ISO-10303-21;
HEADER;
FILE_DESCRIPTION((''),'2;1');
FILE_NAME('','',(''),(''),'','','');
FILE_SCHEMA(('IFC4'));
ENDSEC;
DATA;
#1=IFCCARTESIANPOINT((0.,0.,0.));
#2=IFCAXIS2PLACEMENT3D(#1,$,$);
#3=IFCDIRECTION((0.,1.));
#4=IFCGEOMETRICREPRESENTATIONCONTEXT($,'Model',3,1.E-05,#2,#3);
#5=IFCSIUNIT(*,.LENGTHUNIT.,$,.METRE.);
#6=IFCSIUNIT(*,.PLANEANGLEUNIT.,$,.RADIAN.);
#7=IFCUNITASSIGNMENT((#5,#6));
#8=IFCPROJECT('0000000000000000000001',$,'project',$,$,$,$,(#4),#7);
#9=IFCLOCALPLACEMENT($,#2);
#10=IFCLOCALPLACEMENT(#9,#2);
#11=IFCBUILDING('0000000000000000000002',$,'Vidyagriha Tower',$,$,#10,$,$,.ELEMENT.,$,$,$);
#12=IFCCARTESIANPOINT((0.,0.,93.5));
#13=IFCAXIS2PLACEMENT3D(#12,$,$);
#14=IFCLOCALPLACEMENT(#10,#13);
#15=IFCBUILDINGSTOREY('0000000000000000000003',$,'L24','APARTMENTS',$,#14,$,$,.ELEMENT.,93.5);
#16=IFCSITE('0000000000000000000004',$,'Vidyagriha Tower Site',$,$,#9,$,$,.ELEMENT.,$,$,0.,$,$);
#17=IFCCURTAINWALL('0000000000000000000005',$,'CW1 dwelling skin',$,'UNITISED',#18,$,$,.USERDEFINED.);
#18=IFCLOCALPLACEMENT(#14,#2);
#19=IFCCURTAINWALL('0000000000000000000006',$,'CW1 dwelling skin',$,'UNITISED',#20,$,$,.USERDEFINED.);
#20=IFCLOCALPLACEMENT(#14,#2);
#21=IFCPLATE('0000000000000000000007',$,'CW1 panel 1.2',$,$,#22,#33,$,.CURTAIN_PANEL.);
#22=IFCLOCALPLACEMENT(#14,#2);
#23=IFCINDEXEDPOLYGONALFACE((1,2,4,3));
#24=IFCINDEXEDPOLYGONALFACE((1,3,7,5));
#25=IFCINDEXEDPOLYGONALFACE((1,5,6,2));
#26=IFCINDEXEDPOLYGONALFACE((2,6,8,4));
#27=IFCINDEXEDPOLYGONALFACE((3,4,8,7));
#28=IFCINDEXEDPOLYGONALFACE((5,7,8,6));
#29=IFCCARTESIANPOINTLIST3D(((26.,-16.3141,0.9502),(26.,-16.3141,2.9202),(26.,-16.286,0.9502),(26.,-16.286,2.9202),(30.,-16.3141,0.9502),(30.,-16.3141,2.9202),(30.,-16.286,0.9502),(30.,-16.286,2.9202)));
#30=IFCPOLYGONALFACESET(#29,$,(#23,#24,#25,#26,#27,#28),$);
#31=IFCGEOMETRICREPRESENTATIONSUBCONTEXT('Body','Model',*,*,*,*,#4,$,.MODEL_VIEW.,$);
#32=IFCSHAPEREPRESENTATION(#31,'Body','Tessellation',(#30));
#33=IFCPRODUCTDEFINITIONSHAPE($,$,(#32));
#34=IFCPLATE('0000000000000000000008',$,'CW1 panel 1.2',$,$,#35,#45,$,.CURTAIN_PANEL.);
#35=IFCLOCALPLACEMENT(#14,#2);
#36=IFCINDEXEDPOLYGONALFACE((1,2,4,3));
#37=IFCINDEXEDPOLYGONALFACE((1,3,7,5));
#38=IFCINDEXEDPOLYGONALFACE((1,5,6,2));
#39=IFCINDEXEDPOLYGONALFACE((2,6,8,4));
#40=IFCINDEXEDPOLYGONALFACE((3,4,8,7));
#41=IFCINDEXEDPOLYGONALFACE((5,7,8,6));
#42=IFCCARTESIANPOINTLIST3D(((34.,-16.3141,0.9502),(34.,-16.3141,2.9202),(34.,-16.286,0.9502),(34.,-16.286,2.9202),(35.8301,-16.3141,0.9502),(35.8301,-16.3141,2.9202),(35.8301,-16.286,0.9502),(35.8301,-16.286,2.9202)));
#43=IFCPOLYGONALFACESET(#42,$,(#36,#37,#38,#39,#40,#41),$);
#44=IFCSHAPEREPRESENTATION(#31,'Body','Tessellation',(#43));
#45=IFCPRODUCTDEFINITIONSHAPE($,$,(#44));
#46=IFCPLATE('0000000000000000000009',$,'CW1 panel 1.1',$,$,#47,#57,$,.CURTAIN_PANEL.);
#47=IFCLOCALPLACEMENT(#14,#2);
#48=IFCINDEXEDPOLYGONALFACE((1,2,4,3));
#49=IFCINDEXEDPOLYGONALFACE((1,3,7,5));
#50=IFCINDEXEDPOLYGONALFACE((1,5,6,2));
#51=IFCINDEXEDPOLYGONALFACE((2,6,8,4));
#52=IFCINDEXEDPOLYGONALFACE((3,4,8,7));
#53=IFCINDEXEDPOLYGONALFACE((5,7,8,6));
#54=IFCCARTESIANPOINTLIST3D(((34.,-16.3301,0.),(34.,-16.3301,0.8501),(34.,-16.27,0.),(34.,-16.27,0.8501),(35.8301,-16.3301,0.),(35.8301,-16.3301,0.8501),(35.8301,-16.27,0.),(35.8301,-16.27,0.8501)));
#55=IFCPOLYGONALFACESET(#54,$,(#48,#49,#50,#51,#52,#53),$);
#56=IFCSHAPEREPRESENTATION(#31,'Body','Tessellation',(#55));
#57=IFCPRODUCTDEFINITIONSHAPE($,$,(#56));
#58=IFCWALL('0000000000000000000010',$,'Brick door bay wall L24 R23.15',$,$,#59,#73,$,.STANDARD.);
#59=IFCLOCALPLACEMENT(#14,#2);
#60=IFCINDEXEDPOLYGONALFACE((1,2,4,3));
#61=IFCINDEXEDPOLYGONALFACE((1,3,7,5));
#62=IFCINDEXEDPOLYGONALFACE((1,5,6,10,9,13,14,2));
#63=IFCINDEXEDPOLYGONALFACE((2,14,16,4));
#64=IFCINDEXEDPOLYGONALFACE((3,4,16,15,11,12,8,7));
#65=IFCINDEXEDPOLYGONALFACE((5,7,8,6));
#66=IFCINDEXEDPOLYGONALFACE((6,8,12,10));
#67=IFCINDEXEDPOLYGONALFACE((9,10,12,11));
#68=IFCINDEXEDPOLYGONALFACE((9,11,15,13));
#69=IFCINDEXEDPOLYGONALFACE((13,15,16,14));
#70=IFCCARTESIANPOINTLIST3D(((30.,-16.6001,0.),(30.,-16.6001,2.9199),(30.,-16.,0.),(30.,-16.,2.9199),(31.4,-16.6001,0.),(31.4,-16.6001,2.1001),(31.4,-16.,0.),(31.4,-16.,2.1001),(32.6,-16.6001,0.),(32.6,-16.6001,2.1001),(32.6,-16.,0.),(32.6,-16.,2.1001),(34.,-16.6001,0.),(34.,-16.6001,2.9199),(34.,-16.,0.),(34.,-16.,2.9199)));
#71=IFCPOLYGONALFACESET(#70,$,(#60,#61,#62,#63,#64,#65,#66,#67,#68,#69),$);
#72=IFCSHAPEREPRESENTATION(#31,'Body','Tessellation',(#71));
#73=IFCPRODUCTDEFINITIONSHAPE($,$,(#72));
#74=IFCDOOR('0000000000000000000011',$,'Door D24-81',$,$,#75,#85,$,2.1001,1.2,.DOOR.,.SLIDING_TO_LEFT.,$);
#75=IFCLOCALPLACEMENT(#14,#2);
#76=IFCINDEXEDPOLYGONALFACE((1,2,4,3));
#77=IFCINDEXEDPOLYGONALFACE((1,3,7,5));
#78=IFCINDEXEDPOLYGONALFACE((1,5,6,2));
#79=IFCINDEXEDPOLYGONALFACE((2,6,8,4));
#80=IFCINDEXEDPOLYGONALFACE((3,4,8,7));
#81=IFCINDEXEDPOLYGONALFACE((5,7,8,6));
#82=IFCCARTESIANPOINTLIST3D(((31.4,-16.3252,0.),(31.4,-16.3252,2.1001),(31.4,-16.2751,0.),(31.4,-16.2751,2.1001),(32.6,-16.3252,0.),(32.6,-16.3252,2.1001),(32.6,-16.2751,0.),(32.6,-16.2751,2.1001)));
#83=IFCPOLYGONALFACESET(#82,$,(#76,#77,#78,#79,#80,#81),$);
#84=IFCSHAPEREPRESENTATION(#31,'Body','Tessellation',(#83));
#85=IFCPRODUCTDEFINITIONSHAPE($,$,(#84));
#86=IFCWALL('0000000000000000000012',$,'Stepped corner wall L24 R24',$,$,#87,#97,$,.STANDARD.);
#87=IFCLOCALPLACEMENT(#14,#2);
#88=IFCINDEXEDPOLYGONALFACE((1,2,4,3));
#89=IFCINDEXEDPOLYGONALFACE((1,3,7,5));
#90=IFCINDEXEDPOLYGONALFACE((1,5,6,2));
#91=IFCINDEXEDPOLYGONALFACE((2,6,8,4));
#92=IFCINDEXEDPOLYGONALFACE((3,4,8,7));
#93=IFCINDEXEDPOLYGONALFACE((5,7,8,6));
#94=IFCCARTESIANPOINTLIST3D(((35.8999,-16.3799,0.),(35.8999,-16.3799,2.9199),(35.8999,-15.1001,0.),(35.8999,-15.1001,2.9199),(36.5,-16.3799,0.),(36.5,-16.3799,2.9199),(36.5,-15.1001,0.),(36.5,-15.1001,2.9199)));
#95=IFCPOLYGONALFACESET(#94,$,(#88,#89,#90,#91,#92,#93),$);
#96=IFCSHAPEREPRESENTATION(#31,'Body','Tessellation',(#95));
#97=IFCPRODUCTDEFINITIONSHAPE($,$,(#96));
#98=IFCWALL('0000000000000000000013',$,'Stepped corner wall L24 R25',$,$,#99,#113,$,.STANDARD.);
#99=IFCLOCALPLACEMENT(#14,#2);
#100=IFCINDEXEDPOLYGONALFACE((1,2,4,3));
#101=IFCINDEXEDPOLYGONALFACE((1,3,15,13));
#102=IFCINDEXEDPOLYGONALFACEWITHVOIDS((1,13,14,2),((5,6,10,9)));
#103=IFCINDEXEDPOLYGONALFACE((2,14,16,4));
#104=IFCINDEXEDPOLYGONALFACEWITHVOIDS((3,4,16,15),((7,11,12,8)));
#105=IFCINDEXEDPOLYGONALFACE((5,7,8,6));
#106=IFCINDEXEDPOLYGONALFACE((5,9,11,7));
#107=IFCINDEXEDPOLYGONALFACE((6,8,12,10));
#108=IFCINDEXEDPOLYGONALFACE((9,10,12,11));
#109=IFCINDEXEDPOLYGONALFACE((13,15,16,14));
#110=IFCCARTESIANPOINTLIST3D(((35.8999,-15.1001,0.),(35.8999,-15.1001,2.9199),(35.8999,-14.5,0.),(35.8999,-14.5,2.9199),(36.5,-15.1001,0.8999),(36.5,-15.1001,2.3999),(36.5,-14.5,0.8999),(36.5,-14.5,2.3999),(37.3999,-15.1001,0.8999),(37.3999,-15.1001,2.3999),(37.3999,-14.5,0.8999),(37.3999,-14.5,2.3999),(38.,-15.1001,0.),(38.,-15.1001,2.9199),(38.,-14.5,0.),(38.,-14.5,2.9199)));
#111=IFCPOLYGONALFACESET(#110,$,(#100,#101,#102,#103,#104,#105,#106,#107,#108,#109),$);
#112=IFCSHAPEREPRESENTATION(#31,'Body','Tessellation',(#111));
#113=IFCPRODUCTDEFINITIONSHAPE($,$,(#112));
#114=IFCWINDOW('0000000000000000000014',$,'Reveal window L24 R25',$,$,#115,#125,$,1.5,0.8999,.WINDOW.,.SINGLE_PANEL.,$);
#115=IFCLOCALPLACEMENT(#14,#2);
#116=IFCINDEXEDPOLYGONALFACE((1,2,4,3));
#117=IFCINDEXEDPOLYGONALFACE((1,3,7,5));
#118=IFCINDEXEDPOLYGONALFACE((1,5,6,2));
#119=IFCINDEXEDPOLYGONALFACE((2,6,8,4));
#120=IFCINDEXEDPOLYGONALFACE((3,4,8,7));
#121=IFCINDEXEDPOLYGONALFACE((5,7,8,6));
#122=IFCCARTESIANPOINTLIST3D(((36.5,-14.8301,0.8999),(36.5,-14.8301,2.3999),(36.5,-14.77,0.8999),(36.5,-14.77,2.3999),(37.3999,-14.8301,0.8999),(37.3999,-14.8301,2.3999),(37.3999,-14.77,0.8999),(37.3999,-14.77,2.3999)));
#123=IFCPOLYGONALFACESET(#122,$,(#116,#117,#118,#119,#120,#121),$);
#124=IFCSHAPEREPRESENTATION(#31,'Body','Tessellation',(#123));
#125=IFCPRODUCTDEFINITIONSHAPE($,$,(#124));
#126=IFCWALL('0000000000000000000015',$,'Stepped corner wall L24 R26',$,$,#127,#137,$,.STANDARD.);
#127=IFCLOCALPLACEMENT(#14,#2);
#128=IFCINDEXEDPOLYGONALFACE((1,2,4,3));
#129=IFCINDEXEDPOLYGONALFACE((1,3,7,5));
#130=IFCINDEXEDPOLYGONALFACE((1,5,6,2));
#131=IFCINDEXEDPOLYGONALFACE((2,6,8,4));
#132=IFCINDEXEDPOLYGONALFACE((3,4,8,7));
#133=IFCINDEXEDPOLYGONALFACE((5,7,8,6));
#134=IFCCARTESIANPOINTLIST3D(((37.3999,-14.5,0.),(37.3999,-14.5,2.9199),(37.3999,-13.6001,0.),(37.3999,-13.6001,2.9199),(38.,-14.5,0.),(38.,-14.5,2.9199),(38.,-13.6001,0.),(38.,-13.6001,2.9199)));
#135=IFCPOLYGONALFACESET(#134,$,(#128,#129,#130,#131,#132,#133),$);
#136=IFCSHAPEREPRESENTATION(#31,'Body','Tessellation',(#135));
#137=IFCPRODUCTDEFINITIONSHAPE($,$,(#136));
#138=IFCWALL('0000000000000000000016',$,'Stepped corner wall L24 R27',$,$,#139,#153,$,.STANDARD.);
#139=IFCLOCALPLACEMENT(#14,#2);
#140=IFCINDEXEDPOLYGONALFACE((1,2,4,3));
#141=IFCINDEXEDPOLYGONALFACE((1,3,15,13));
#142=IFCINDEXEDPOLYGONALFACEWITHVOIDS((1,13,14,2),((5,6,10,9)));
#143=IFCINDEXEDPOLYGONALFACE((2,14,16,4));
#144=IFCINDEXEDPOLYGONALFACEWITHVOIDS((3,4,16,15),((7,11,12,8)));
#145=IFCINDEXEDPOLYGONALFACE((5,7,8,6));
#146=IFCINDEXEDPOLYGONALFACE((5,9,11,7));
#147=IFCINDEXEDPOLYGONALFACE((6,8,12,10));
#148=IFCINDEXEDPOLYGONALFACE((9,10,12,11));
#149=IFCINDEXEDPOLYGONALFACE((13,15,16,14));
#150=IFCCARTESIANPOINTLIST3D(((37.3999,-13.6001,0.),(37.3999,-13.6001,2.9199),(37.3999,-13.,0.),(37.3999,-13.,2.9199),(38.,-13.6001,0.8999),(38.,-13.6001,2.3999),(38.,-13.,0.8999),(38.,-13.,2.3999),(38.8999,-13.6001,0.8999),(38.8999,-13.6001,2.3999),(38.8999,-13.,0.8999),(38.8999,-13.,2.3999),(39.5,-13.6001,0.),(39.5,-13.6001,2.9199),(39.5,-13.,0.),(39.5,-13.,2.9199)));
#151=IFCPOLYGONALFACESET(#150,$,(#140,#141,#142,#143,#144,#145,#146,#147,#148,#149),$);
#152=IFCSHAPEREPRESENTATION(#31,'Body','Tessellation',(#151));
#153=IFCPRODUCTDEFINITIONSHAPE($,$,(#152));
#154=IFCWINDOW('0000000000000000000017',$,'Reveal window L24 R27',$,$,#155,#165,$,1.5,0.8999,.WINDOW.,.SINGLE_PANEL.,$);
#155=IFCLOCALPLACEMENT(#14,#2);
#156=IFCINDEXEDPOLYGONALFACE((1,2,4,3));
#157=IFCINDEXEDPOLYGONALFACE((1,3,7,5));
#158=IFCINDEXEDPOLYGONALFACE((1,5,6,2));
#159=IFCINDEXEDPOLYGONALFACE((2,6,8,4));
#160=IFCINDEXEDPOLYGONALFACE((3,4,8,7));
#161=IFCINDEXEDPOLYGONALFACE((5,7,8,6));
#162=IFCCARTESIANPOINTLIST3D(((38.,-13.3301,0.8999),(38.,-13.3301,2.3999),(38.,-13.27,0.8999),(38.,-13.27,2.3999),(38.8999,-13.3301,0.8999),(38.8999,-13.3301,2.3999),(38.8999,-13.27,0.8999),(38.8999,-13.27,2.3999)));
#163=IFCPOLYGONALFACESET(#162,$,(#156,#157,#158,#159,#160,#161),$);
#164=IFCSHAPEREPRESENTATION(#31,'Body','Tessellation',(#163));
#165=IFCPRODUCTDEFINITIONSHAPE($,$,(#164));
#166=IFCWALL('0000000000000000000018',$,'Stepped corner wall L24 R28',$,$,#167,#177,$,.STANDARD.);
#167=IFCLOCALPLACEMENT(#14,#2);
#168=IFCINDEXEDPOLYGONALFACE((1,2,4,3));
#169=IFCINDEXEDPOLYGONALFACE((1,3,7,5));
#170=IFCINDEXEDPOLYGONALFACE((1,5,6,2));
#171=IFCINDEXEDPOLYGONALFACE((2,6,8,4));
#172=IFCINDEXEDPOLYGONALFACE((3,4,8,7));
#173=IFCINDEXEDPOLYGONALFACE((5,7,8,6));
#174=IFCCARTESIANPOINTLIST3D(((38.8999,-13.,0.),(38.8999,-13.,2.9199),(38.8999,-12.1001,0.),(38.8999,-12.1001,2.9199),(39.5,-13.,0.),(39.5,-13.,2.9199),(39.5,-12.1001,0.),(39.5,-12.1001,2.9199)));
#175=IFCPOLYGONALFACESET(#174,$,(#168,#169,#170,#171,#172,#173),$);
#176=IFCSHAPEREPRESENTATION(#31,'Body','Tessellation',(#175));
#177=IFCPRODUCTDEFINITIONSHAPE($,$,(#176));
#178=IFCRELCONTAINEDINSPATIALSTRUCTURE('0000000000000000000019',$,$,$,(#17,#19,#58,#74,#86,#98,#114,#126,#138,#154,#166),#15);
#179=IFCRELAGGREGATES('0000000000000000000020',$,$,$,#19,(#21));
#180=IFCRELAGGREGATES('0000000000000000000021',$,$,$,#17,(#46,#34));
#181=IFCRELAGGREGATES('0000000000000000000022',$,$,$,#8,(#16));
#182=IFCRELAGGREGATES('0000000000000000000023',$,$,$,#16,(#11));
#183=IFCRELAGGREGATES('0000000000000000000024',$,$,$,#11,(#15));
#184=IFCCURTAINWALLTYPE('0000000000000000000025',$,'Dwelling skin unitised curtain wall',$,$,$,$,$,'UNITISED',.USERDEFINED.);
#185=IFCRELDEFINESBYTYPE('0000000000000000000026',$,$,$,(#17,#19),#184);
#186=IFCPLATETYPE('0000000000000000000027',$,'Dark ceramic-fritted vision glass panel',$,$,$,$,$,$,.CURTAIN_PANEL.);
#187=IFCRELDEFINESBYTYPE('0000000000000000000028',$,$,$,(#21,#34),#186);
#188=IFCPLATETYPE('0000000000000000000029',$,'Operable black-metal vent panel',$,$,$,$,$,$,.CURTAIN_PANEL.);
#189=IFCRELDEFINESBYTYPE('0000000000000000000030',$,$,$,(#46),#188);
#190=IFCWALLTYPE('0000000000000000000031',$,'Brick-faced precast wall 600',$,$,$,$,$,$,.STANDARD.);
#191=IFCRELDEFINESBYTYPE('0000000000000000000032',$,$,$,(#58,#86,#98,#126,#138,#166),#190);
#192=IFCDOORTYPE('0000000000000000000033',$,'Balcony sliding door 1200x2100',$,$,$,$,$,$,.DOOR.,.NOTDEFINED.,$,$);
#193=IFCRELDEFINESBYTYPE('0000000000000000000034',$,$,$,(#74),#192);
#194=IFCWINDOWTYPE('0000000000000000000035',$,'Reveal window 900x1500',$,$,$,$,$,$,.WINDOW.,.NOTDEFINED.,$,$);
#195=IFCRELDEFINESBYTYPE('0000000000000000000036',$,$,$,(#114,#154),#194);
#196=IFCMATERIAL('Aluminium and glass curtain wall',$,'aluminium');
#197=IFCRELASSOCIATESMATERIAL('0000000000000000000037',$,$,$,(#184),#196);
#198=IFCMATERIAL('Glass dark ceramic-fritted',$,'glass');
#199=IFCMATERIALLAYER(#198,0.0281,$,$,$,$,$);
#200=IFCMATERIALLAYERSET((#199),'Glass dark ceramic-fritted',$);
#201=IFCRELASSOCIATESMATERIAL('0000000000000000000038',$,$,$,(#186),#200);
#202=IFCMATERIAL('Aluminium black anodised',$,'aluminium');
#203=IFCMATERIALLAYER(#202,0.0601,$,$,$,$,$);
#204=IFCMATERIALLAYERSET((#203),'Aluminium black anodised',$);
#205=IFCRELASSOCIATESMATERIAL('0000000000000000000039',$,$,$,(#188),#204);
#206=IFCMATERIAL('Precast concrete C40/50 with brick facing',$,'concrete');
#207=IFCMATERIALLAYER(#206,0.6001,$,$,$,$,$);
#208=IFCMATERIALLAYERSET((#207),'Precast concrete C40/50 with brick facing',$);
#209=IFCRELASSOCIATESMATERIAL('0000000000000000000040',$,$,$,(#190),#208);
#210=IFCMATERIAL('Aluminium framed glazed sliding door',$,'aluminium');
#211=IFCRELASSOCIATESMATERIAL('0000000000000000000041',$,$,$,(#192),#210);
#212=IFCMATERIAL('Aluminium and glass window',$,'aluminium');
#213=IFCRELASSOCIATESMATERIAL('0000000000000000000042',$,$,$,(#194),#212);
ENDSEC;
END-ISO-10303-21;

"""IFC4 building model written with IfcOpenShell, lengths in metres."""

from ifc_helpers import new_model, si_unit, direction, frame, frame_2d, origin, origin_2d, place, context, subcontext, project, spatial, rectangle, extrude, material, layer, layer_set, type_object, element, fill, aggregate, save


model = new_model("IFC4")

# Units and contexts
model_context = context("Model", 3, precision=1e-05, world=origin(), true_north=direction((0.0, 1.0)))
body_context = subcontext(model_context, "Body", "Model", "MODEL_VIEW")
ifc_project = project(units=[si_unit("LENGTHUNIT", "METRE"), si_unit("PLANEANGLEUNIT", "RADIAN")], contexts=[model_context])

# Site, building, storey
site_placement = place(None, origin())
site = spatial("IfcSite", under=ifc_project, at=site_placement, Name="Vidyagriha Tower Site", CompositionType="ELEMENT", RefElevation=0.0)
building_placement = place(site_placement, origin())
building = spatial("IfcBuilding", under=site, at=building_placement, Name="Vidyagriha Tower", CompositionType="ELEMENT")
storey_placement = place(building_placement, frame((0.0, 0.0, 93.5)))
storey = spatial("IfcBuildingStorey", under=building, at=storey_placement, Name="L24", Description="APARTMENTS", CompositionType="ELEMENT", Elevation=93.5)

# Curtain wall
ifc_material_1 = material(Name="Aluminium and glass curtain wall", Category="aluminium")
curtain_wall_type = type_object("IfcCurtainWallType", Name="Dwelling skin unitised curtain wall", ElementType="UNITISED", PredefinedType="USERDEFINED", material=ifc_material_1)
curtain_wall_1_placement = place(storey_placement, origin())
curtain_wall_1 = element("IfcCurtainWall", 1, at=curtain_wall_1_placement, inside=storey, type_object=curtain_wall_type, Name="CW1 dwelling skin", ObjectType="UNITISED", PredefinedType="USERDEFINED")

# Curtain wall, plate
curtain_wall_2_placement = place(storey_placement, origin())
curtain_wall_2 = element("IfcCurtainWall", 2, at=curtain_wall_2_placement, inside=storey, type_object=curtain_wall_type, Name="CW1 dwelling skin", ObjectType="UNITISED", PredefinedType="USERDEFINED")
ifc_material_2 = material(Name="Glass dark ceramic-fritted", Category="glass")
ifc_layer_1 = layer(ifc_material_2, 0.0281)
ifc_layer_set_1 = layer_set([ifc_layer_1], Name="Glass dark ceramic-fritted")
plate_type_1 = type_object("IfcPlateType", Name="Dark ceramic-fritted vision glass panel", PredefinedType="CURTAIN_PANEL", material=ifc_layer_set_1)
plate_1_placement = place(storey_placement, frame((28.0, -16.3, 0.9502)))
plate_1 = element("IfcPlate", 3, at=plate_1_placement, type_object=plate_type_1, Name="CW1 panel 1.2", PredefinedType="CURTAIN_PANEL", context=body_context, shape_type="SweptSolid", body=[
    extrude(rectangle(XDim=4.0, YDim=0.0281, at=origin_2d()), origin(), (0.0, 0.0, 1.0), 1.97),
])
aggregate(curtain_wall_2, [plate_1])

# Plates
plate_2_placement = place(storey_placement, frame((34.915, -16.3, 0.9502)))
plate_2 = element("IfcPlate", 4, at=plate_2_placement, type_object=plate_type_1, Name="CW1 panel 1.2", PredefinedType="CURTAIN_PANEL", context=body_context, shape_type="SweptSolid", body=[
    extrude(rectangle(XDim=1.8301, YDim=0.0281, at=origin_2d()), origin(), (0.0, 0.0, 1.0), 1.97),
])
ifc_material_3 = material(Name="Aluminium black anodised", Category="aluminium")
ifc_layer_2 = layer(ifc_material_3, 0.0601)
ifc_layer_set_2 = layer_set([ifc_layer_2], Name="Aluminium black anodised")
plate_type_2 = type_object("IfcPlateType", Name="Operable black-metal vent panel", PredefinedType="CURTAIN_PANEL", material=ifc_layer_set_2)
plate_3_placement = place(storey_placement, frame((34.915, -16.3, 0.0)))
plate_3 = element("IfcPlate", 5, at=plate_3_placement, type_object=plate_type_2, Name="CW1 panel 1.1", PredefinedType="CURTAIN_PANEL", context=body_context, shape_type="SweptSolid", body=[
    extrude(rectangle(XDim=1.8301, YDim=0.0601, at=origin_2d()), origin(), (0.0, 0.0, 1.0), 0.8501),
])
aggregate(curtain_wall_1, [plate_3, plate_2])

# Wall, opening, door
ifc_material_4 = material(Name="Precast concrete C40/50 with brick facing", Category="concrete")
ifc_layer_3 = layer(ifc_material_4, 0.6001)
ifc_layer_set_3 = layer_set([ifc_layer_3], Name="Precast concrete C40/50 with brick facing")
wall_type_1 = type_object("IfcWallType", Name="Brick-faced precast wall 600", PredefinedType="STANDARD", material=ifc_layer_set_3)
wall_1_placement = place(storey_placement, frame((30.0, -16.3, 0.0)))
wall_1 = element("IfcWall", 6, at=wall_1_placement, inside=storey, type_object=wall_type_1, Name="Brick door bay wall L24 R23.15", PredefinedType="STANDARD", context=body_context, shape_type="SweptSolid", body=[
    extrude(rectangle(XDim=4.0, YDim=0.6001, at=frame_2d((2.0, 0.0))), origin(), (0.0, 0.0, 1.0), 2.9199),
])
opening_1_placement = place(wall_1_placement, frame((1.3999, 0.0, 0.0)))
opening_1 = element("IfcOpeningElement", 7, at=opening_1_placement, cuts=wall_1, PredefinedType="OPENING", context=body_context, shape_type="SweptSolid", body=[
    extrude(rectangle(XDim=1.2, YDim=2.1001, at=frame_2d((0.6001, 1.05))), frame((0.0, 0.3101, 0.0), z_axis=(0.0, -1.0, 0.0), x_axis=(1.0, 0.0, 0.0)), (0.0, 0.0, 1.0), 0.6201),
])
ifc_material_5 = material(Name="Aluminium framed glazed sliding door", Category="aluminium")
door_type = type_object("IfcDoorType", Name="Balcony sliding door 1200x2100", OperationType="NOTDEFINED", PredefinedType="DOOR", material=ifc_material_5)
door_placement = place(opening_1_placement, origin())
door = element("IfcDoor", 8, at=door_placement, inside=storey, type_object=door_type, Name="Door D24-81", OperationType="SLIDING_TO_LEFT", OverallHeight=2.1001, OverallWidth=1.2, PredefinedType="DOOR", context=body_context, shape_type="SweptSolid", body=[
    extrude(rectangle(XDim=1.2, YDim=2.1001, at=frame_2d((0.6001, 1.05))), frame((0.0, 0.0249, 0.0), z_axis=(0.0, -1.0, 0.0), x_axis=(1.0, 0.0, 0.0)), (0.0, 0.0, 1.0), 0.05),
])
fill(opening_1, door)

# Wall
wall_2_placement = place(storey_placement, frame((36.2, -16.3799, 0.0), z_axis=(0.0, 0.0, 1.0), x_axis=(0.0, 1.0, 0.0)))
element("IfcWall", 9, at=wall_2_placement, inside=storey, type_object=wall_type_1, Name="Stepped corner wall L24 R24", PredefinedType="STANDARD", context=body_context, shape_type="SweptSolid", body=[
    extrude(rectangle(XDim=1.2798, YDim=0.6001, at=frame_2d((0.6399, 0.0))), origin(), (0.0, 0.0, 1.0), 2.9199),
])

# Wall, opening, window
wall_3_placement = place(storey_placement, frame((35.8999, -14.8, 0.0)))
wall_3 = element("IfcWall", 10, at=wall_3_placement, inside=storey, type_object=wall_type_1, Name="Stepped corner wall L24 R25", PredefinedType="STANDARD", context=body_context, shape_type="SweptSolid", body=[
    extrude(rectangle(XDim=2.1001, YDim=0.6001, at=frame_2d((1.05, 0.0))), origin(), (0.0, 0.0, 1.0), 2.9199),
])
opening_2_placement = place(wall_3_placement, frame((0.6001, 0.0, 0.8999)))
opening_2 = element("IfcOpeningElement", 11, at=opening_2_placement, cuts=wall_3, PredefinedType="OPENING", context=body_context, shape_type="SweptSolid", body=[
    extrude(rectangle(XDim=0.8999, YDim=1.5, at=frame_2d((0.45, 0.75))), frame((0.0, 0.3101, 0.0), z_axis=(0.0, -1.0, 0.0), x_axis=(1.0, 0.0, 0.0)), (0.0, 0.0, 1.0), 0.6201),
])
ifc_material_6 = material(Name="Aluminium and glass window", Category="aluminium")
window_type = type_object("IfcWindowType", Name="Reveal window 900x1500", PartitioningType="NOTDEFINED", PredefinedType="WINDOW", material=ifc_material_6)
window_1_placement = place(opening_2_placement, origin())
window_1 = element("IfcWindow", 12, at=window_1_placement, inside=storey, type_object=window_type, Name="Reveal window L24 R25", OverallHeight=1.5, OverallWidth=0.8999, PartitioningType="SINGLE_PANEL", PredefinedType="WINDOW", context=body_context, shape_type="SweptSolid", body=[
    extrude(rectangle(XDim=0.8999, YDim=1.5, at=frame_2d((0.45, 0.75))), frame((0.0, 0.03, 0.0), z_axis=(0.0, -1.0, 0.0), x_axis=(1.0, 0.0, 0.0)), (0.0, 0.0, 1.0), 0.0601),
])
fill(opening_2, window_1)

# Wall
wall_4_placement = place(storey_placement, frame((37.7, -14.5, 0.0), z_axis=(0.0, 0.0, 1.0), x_axis=(0.0, 1.0, 0.0)))
element("IfcWall", 13, at=wall_4_placement, inside=storey, type_object=wall_type_1, Name="Stepped corner wall L24 R26", PredefinedType="STANDARD", context=body_context, shape_type="SweptSolid", body=[
    extrude(rectangle(XDim=0.8999, YDim=0.6001, at=frame_2d((0.45, 0.0))), origin(), (0.0, 0.0, 1.0), 2.9199),
])

# Wall, opening, window
wall_5_placement = place(storey_placement, frame((37.3999, -13.3, 0.0)))
wall_5 = element("IfcWall", 14, at=wall_5_placement, inside=storey, type_object=wall_type_1, Name="Stepped corner wall L24 R27", PredefinedType="STANDARD", context=body_context, shape_type="SweptSolid", body=[
    extrude(rectangle(XDim=2.1001, YDim=0.6001, at=frame_2d((1.05, 0.0))), origin(), (0.0, 0.0, 1.0), 2.9199),
])
opening_3_placement = place(wall_5_placement, frame((0.6001, 0.0, 0.8999)))
opening_3 = element("IfcOpeningElement", 15, at=opening_3_placement, cuts=wall_5, PredefinedType="OPENING", context=body_context, shape_type="SweptSolid", body=[
    extrude(rectangle(XDim=0.8999, YDim=1.5, at=frame_2d((0.45, 0.75))), frame((0.0, 0.3101, 0.0), z_axis=(0.0, -1.0, 0.0), x_axis=(1.0, 0.0, 0.0)), (0.0, 0.0, 1.0), 0.6201),
])
window_2_placement = place(opening_3_placement, origin())
window_2 = element("IfcWindow", 16, at=window_2_placement, inside=storey, type_object=window_type, Name="Reveal window L24 R27", OverallHeight=1.5, OverallWidth=0.8999, PartitioningType="SINGLE_PANEL", PredefinedType="WINDOW", context=body_context, shape_type="SweptSolid", body=[
    extrude(rectangle(XDim=0.8999, YDim=1.5, at=frame_2d((0.45, 0.75))), frame((0.0, 0.03, 0.0), z_axis=(0.0, -1.0, 0.0), x_axis=(1.0, 0.0, 0.0)), (0.0, 0.0, 1.0), 0.0601),
])
fill(opening_3, window_2)

# Wall
wall_6_placement = place(storey_placement, frame((39.2, -13.0, 0.0), z_axis=(0.0, 0.0, 1.0), x_axis=(0.0, 1.0, 0.0)))
element("IfcWall", 17, at=wall_6_placement, inside=storey, type_object=wall_type_1, Name="Stepped corner wall L24 R28", PredefinedType="STANDARD", context=body_context, shape_type="SweptSolid", body=[
    extrude(rectangle(XDim=0.8999, YDim=0.6001, at=frame_2d((0.45, 0.0))), origin(), (0.0, 0.0, 1.0), 2.9199),
])

save(model, "model.ifc")
